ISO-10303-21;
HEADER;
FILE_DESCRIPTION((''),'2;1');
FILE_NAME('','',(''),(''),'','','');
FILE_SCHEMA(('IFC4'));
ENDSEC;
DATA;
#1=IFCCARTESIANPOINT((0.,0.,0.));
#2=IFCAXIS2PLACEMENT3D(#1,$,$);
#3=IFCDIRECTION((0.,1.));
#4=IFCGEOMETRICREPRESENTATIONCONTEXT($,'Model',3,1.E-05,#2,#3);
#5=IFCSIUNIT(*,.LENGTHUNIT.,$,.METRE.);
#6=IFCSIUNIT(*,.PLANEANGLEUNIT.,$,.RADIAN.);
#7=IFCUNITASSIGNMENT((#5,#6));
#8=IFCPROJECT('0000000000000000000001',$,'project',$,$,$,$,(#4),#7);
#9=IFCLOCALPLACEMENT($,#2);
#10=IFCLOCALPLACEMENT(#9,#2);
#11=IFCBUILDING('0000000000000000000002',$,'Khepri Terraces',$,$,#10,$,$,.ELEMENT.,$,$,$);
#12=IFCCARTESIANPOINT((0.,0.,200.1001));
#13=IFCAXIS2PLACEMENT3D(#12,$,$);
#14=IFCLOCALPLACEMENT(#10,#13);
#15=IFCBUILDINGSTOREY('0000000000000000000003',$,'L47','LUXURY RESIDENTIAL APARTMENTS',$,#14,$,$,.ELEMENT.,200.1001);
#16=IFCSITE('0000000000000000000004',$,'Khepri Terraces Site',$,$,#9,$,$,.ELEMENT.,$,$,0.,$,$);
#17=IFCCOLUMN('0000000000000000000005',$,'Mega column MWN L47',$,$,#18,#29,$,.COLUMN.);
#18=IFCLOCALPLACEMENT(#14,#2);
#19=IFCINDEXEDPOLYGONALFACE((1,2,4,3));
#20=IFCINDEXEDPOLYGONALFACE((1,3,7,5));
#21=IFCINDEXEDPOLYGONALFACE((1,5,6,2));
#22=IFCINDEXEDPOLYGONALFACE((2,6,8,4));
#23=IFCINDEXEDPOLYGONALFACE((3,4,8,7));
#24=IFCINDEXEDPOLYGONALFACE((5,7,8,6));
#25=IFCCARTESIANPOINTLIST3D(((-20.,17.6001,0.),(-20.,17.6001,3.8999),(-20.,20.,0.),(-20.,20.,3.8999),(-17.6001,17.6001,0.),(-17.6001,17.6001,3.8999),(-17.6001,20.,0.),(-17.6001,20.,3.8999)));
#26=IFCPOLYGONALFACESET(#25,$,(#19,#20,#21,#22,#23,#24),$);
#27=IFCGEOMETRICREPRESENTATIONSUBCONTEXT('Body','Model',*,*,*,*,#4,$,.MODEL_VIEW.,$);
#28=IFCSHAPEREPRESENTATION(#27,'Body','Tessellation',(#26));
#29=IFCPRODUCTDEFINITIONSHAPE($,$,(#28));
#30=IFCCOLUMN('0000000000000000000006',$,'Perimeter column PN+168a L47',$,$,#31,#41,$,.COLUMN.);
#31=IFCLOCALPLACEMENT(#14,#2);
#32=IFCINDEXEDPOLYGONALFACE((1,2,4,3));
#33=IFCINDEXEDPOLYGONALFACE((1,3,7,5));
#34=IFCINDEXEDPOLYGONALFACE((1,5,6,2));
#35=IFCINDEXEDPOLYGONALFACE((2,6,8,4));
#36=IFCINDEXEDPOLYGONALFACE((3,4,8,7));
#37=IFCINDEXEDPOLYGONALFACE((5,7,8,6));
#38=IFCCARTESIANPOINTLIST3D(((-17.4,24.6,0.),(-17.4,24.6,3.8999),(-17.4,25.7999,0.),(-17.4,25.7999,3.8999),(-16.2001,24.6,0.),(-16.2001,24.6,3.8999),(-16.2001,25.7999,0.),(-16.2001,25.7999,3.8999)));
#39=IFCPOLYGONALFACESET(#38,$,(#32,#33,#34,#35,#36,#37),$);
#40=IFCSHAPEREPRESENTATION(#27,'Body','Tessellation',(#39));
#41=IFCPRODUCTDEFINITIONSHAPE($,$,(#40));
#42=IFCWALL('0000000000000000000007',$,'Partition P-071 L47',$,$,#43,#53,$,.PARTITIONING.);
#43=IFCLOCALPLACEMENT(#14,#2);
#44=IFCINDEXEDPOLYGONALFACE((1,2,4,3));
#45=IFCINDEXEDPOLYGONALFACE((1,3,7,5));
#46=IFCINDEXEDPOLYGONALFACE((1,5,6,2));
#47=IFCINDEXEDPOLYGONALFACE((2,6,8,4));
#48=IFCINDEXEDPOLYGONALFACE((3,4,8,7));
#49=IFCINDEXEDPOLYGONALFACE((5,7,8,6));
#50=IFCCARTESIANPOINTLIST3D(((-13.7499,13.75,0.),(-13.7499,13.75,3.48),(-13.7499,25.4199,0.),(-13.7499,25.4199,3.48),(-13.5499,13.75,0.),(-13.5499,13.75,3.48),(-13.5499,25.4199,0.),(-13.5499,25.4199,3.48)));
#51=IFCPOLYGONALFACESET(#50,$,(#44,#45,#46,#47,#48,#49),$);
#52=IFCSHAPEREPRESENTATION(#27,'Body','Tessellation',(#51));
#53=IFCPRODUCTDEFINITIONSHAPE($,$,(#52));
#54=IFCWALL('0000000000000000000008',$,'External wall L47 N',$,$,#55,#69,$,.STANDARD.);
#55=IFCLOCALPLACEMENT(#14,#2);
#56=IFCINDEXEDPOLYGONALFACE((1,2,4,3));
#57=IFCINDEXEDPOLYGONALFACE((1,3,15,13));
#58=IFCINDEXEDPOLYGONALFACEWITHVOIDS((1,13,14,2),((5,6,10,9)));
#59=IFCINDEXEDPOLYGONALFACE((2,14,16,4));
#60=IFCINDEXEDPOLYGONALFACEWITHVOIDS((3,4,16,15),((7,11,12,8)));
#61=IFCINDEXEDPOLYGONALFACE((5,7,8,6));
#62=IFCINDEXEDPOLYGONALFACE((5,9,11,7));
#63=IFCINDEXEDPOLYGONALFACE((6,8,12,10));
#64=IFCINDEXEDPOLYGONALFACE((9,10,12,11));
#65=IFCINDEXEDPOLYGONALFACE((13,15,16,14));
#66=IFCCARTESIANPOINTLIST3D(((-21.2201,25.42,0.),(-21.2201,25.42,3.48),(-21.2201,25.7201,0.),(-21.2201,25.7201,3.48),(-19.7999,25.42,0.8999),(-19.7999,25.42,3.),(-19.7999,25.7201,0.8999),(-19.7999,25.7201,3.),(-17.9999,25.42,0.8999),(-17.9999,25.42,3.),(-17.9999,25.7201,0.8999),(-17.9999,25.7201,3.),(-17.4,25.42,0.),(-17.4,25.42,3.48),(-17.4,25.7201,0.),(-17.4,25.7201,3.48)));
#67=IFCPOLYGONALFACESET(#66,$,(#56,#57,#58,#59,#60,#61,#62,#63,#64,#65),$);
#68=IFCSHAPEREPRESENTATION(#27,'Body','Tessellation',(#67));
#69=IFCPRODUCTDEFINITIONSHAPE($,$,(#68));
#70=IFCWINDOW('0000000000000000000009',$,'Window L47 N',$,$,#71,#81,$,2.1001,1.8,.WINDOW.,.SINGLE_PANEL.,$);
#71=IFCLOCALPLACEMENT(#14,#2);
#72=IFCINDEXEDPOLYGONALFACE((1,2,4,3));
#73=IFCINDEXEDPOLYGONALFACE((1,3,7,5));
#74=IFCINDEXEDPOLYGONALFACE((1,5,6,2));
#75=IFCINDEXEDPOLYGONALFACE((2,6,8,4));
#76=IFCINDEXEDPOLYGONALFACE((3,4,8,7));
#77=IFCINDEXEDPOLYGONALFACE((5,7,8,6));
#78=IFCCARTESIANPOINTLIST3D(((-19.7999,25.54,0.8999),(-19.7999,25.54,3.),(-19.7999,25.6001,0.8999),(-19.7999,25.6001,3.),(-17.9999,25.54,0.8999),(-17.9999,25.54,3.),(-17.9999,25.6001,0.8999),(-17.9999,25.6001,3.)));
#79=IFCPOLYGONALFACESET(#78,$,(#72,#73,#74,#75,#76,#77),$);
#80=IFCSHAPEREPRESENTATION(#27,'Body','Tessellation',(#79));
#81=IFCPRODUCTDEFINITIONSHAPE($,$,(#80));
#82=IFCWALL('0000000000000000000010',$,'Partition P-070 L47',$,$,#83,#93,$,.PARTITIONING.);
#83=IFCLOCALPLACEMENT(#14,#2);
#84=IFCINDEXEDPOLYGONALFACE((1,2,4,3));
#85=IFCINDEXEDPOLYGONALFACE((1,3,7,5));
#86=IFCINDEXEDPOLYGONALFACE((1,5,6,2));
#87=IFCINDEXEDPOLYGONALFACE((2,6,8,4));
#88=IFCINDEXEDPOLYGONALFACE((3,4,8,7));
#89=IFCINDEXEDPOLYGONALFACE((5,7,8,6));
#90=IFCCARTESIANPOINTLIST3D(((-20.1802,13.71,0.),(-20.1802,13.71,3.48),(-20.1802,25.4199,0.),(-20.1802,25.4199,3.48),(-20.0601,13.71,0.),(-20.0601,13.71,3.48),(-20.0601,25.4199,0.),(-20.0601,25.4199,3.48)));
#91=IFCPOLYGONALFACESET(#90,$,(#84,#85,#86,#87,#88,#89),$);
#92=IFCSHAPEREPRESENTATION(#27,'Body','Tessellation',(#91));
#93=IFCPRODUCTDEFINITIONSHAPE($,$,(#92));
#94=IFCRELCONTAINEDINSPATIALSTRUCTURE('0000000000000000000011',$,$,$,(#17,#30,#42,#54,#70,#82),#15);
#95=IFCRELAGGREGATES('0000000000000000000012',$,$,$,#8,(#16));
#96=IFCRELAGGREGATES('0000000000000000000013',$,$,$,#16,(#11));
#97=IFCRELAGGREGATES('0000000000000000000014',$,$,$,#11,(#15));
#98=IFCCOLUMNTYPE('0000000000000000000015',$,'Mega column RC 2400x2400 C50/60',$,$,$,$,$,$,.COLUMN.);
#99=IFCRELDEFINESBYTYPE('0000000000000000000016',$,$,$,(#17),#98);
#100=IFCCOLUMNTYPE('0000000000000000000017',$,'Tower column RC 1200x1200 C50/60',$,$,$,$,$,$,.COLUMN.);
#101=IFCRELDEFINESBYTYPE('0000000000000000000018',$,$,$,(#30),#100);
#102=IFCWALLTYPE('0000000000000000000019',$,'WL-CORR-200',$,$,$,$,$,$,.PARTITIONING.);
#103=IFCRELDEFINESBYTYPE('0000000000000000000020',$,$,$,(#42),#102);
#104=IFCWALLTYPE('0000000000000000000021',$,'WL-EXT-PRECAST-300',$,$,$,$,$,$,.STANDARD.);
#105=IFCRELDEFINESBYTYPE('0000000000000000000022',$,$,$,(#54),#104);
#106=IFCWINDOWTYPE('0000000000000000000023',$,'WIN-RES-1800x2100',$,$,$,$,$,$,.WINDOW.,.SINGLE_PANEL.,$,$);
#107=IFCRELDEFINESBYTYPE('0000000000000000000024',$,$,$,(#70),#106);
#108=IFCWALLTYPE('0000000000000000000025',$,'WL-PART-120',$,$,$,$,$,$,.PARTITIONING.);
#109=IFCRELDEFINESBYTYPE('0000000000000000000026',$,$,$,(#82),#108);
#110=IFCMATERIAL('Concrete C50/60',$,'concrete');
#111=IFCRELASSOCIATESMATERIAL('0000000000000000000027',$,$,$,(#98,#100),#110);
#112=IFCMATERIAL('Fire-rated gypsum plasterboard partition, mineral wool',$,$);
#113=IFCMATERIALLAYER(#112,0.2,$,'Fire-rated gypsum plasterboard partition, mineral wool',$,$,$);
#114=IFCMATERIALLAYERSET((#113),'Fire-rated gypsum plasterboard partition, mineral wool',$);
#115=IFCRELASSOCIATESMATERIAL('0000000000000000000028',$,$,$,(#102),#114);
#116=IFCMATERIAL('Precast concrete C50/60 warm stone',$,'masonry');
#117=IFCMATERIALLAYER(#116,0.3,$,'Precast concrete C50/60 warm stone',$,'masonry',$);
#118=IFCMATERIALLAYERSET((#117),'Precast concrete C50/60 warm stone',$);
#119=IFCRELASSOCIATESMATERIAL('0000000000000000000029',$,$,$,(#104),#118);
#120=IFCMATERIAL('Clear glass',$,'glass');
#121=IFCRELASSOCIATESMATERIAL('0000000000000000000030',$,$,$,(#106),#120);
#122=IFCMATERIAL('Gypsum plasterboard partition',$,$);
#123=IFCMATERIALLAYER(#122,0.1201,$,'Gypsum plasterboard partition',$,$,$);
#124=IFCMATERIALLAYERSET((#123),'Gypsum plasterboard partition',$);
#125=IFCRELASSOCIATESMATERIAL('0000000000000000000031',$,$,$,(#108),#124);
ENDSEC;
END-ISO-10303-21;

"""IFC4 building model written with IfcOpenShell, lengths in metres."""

from ifc_helpers import new_model, si_unit, direction, frame, frame_2d, origin, origin_2d, place, context, subcontext, project, spatial, rectangle, extrude, material, layer, layer_set, material_profile, profile_set, type_object, element, fill, save


model = new_model("IFC4")

# Units and contexts
model_context = context("Model", 3, precision=1e-05, world=origin(), true_north=direction((0.0, 1.0)))
body_context = subcontext(model_context, "Body", "Model", "MODEL_VIEW")
ifc_project = project(units=[si_unit("LENGTHUNIT", "METRE"), si_unit("PLANEANGLEUNIT", "RADIAN")], contexts=[model_context])

# Site, building, storey
site_placement = place(None, origin())
site = spatial("IfcSite", under=ifc_project, at=site_placement, Name="Khepri Terraces Site", CompositionType="ELEMENT", RefElevation=0.0)
building_placement = place(site_placement, origin())
building = spatial("IfcBuilding", under=site, at=building_placement, Name="Khepri Terraces", CompositionType="ELEMENT")
storey_placement = place(building_placement, frame((0.0, 0.0, 200.1001)))
storey = spatial("IfcBuildingStorey", under=building, at=storey_placement, Name="L47", Description="LUXURY RESIDENTIAL APARTMENTS", CompositionType="ELEMENT", Elevation=200.1001)

# Columns
ifc_material_1 = material(Name="Concrete C50/60", Category="concrete")
ifc_material_profile_1 = material_profile(ifc_material_1, rectangle(XDim=2.3999, YDim=2.3999, at=origin_2d()), Name="Concrete C50/60", Category="concrete")
ifc_profile_set_1 = profile_set([ifc_material_profile_1], Name="Concrete C50/60")
column_type_1 = type_object("IfcColumnType", Name="Mega column RC 2400x2400 C50/60", PredefinedType="COLUMN", material=ifc_profile_set_1)
column_1_placement = place(storey_placement, frame((-18.8, 18.8, 0.0), z_axis=(0.0, 0.0, 1.0), x_axis=(1.0, 0.0, 0.0)))
element("IfcColumn", 1, at=column_1_placement, inside=storey, type_object=column_type_1, Name="Mega column MWN L47", PredefinedType="COLUMN", context=body_context, shape_type="SweptSolid", body=[
    extrude(rectangle(XDim=2.3999, YDim=2.3999, at=origin_2d()), origin(), (0.0, 0.0, 1.0), 3.8999),
])
ifc_material_profile_2 = material_profile(ifc_material_1, rectangle(XDim=1.2, YDim=1.2, at=origin_2d()), Name="Concrete C50/60", Category="concrete")
ifc_profile_set_2 = profile_set([ifc_material_profile_2], Name="Concrete C50/60")
column_type_2 = type_object("IfcColumnType", Name="Tower column RC 1200x1200 C50/60", PredefinedType="COLUMN", material=ifc_profile_set_2)
column_2_placement = place(storey_placement, frame((-16.8, 25.2, 0.0), z_axis=(0.0, 0.0, 1.0), x_axis=(1.0, 0.0, 0.0)))
element("IfcColumn", 2, at=column_2_placement, inside=storey, type_object=column_type_2, Name="Perimeter column PN+168a L47", PredefinedType="COLUMN", context=body_context, shape_type="SweptSolid", body=[
    extrude(rectangle(XDim=1.2, YDim=1.2, at=origin_2d()), origin(), (0.0, 0.0, 1.0), 3.8999),
])

# Wall
ifc_material_2 = material(Name="Fire-rated gypsum plasterboard partition, mineral wool")
ifc_layer_1 = layer(ifc_material_2, 0.2, Name="Fire-rated gypsum plasterboard partition, mineral wool")
ifc_layer_set_1 = layer_set([ifc_layer_1], Name="Fire-rated gypsum plasterboard partition, mineral wool")
wall_type_1 = type_object("IfcWallType", Name="WL-CORR-200", PredefinedType="PARTITIONING", material=ifc_layer_set_1)
wall_1_placement = place(storey_placement, frame((-13.6499, 13.75, 0.0), z_axis=(0.0, 0.0, 1.0), x_axis=(0.0, 1.0, 0.0)))
element("IfcWall", 3, at=wall_1_placement, inside=storey, type_object=wall_type_1, Name="Partition P-071 L47", PredefinedType="PARTITIONING", context=body_context, shape_type="SweptSolid", body=[
    extrude(rectangle(XDim=11.6699, YDim=0.2, at=frame_2d((5.835, 0.0))), origin(), (0.0, 0.0, 1.0), 3.48),
])

# Wall, opening, window
ifc_material_3 = material(Name="Precast concrete C50/60 warm stone", Category="masonry")
ifc_layer_2 = layer(ifc_material_3, 0.3, Name="Precast concrete C50/60 warm stone", Category="masonry")
ifc_layer_set_2 = layer_set([ifc_layer_2], Name="Precast concrete C50/60 warm stone")
wall_type_2 = type_object("IfcWallType", Name="WL-EXT-PRECAST-300", PredefinedType="STANDARD", material=ifc_layer_set_2)
wall_2_placement = place(storey_placement, frame((-17.3999, 25.5701, 0.0), z_axis=(0.0, 0.0, 1.0), x_axis=(-1.0, 0.0, 0.0)))
wall_2 = element("IfcWall", 4, at=wall_2_placement, inside=storey, type_object=wall_type_2, Name="External wall L47 N", PredefinedType="STANDARD", context=body_context, shape_type="SweptSolid", body=[
    extrude(rectangle(XDim=3.8201, YDim=0.3, at=frame_2d((1.9102, 0.0))), origin(), (0.0, 0.0, 1.0), 3.48),
])
opening_1_placement = place(wall_2_placement, frame((0.6001, 0.0, 0.8999)))
opening_1 = element("IfcOpeningElement", 5, at=opening_1_placement, cuts=wall_2, PredefinedType="OPENING", context=body_context, shape_type="SweptSolid", body=[
    extrude(rectangle(XDim=1.8, YDim=2.1001, at=frame_2d((0.8999, 1.05))), frame((0.0, 0.1602, 0.0), z_axis=(0.0, -1.0, 0.0), x_axis=(1.0, 0.0, 0.0)), (0.0, 0.0, 1.0), 0.3201),
])
ifc_material_4 = material(Name="Clear glass", Category="glass")
window_type = type_object("IfcWindowType", Name="WIN-RES-1800x2100", PartitioningType="SINGLE_PANEL", PredefinedType="WINDOW", material=ifc_material_4)
window_placement = place(opening_1_placement, origin())
window = element("IfcWindow", 6, at=window_placement, inside=storey, type_object=window_type, Name="Window L47 N", OverallHeight=2.1001, OverallWidth=1.8, PartitioningType="SINGLE_PANEL", PredefinedType="WINDOW", context=body_context, shape_type="SweptSolid", body=[
    extrude(rectangle(XDim=1.8, YDim=2.1001, at=frame_2d((0.8999, 1.05))), frame((0.0, 0.03, 0.0), z_axis=(0.0, -1.0, 0.0), x_axis=(1.0, 0.0, 0.0)), (0.0, 0.0, 1.0), 0.0601),
])
fill(opening_1, window)

# Wall
ifc_material_5 = material(Name="Gypsum plasterboard partition")
ifc_layer_3 = layer(ifc_material_5, 0.1201, Name="Gypsum plasterboard partition")
ifc_layer_set_3 = layer_set([ifc_layer_3], Name="Gypsum plasterboard partition")
wall_type_3 = type_object("IfcWallType", Name="WL-PART-120", PredefinedType="PARTITIONING", material=ifc_layer_set_3)
wall_3_placement = place(storey_placement, frame((-20.1201, 13.71, 0.0), z_axis=(0.0, 0.0, 1.0), x_axis=(0.0, 1.0, 0.0)))
element("IfcWall", 7, at=wall_3_placement, inside=storey, type_object=wall_type_3, Name="Partition P-070 L47", PredefinedType="PARTITIONING", context=body_context, shape_type="SweptSolid", body=[
    extrude(rectangle(XDim=11.71, YDim=0.1201, at=frame_2d((5.855, 0.0))), origin(), (0.0, 0.0, 1.0), 3.48),
])

save(model, "model.ifc")
